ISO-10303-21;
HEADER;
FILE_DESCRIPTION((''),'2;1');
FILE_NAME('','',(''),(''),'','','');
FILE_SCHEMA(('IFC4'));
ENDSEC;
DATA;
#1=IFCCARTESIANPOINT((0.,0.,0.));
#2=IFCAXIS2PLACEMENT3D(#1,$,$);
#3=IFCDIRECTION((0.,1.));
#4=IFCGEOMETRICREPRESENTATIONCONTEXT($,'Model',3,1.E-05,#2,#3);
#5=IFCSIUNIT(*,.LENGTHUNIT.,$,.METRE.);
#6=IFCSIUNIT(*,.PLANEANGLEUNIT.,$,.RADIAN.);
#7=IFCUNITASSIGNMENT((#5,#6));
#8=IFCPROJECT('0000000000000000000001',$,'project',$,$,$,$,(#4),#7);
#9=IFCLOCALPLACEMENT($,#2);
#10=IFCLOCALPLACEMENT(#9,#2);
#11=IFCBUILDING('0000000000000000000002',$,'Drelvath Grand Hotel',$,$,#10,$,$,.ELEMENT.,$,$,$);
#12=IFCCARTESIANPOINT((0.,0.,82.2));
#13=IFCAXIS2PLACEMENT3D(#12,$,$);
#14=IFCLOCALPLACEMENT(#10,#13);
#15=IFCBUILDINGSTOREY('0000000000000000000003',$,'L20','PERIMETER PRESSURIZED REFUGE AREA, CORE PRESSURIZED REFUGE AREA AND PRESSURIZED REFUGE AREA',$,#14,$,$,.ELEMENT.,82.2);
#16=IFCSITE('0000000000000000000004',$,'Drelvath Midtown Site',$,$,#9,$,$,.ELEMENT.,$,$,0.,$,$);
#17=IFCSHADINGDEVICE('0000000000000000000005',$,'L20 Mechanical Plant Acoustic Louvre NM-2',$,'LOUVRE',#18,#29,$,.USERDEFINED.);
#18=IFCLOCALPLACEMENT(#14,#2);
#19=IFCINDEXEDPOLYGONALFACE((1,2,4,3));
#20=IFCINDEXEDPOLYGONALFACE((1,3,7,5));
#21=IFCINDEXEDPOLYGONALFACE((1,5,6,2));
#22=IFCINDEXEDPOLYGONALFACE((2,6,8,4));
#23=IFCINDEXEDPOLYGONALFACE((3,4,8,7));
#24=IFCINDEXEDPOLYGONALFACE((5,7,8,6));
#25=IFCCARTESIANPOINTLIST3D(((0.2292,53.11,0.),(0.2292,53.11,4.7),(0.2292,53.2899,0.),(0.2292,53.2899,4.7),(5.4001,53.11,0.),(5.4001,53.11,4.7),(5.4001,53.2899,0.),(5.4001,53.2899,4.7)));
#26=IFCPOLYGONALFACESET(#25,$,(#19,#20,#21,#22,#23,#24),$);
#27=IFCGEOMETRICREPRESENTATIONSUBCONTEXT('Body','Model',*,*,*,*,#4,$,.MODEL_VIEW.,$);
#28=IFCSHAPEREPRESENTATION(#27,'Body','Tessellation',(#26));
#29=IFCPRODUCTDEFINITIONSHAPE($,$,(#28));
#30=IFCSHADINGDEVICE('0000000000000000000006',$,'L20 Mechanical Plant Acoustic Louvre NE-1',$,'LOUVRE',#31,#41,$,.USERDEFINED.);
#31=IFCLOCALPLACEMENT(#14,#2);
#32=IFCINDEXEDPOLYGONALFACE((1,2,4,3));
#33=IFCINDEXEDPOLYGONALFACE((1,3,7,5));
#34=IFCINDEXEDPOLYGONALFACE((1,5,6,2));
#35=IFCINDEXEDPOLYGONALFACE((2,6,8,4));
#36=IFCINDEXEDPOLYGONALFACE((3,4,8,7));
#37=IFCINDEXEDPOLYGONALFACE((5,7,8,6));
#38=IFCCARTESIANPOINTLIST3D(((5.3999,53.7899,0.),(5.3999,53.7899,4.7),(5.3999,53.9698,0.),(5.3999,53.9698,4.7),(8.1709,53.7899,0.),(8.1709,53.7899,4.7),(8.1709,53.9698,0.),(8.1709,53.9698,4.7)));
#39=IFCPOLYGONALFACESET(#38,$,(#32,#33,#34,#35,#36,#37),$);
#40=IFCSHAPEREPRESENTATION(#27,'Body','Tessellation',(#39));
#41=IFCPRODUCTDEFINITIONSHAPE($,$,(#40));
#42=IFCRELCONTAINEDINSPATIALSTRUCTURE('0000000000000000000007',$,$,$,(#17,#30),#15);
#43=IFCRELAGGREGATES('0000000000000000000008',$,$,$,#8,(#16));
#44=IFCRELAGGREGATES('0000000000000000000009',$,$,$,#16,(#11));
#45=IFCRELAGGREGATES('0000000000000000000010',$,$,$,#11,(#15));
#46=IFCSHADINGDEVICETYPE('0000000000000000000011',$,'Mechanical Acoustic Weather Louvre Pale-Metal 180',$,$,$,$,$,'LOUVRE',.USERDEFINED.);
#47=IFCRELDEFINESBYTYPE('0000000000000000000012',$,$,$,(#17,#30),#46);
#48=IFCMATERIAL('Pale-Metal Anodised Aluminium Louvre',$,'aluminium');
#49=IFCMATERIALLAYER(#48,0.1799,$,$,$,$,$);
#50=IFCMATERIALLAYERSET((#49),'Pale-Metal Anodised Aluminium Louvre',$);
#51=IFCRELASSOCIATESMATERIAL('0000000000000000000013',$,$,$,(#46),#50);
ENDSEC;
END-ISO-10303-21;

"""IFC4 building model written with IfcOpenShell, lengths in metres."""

from ifc_helpers import new_model, si_unit, direction, frame, origin, origin_2d, place, context, subcontext, project, spatial, rectangle, extrude, material, layer, layer_set, type_object, element, save


model = new_model("IFC4")

# Units and contexts
model_context = context("Model", 3, precision=1e-05, world=origin(), true_north=direction((0.0, 1.0)))
body_context = subcontext(model_context, "Body", "Model", "MODEL_VIEW")
ifc_project = project(units=[si_unit("LENGTHUNIT", "METRE"), si_unit("PLANEANGLEUNIT", "RADIAN")], contexts=[model_context])

# Site, building, storey
site_placement = place(None, origin())
site = spatial("IfcSite", under=ifc_project, at=site_placement, Name="Drelvath Midtown Site", CompositionType="ELEMENT", RefElevation=0.0)
building_placement = place(site_placement, origin())
building = spatial("IfcBuilding", under=site, at=building_placement, Name="Drelvath Grand Hotel", CompositionType="ELEMENT")
storey_placement = place(building_placement, frame((0.0, 0.0, 82.2)))
storey = spatial("IfcBuildingStorey", under=building, at=storey_placement, Name="L20", Description="PERIMETER PRESSURIZED REFUGE AREA, CORE PRESSURIZED REFUGE AREA AND PRESSURIZED REFUGE AREA", CompositionType="ELEMENT", Elevation=82.2)

# Shading devices
ifc_material_1 = material(Name="Pale-Metal Anodised Aluminium Louvre", Category="aluminium")
ifc_layer_1 = layer(ifc_material_1, 0.1799)
ifc_layer_set_1 = layer_set([ifc_layer_1], Name="Pale-Metal Anodised Aluminium Louvre")
shading_device_type = type_object("IfcShadingDeviceType", Name="Mechanical Acoustic Weather Louvre Pale-Metal 180", ElementType="LOUVRE", PredefinedType="USERDEFINED", material=ifc_layer_set_1)
shading_device_1_placement = place(storey_placement, frame((2.8147, 53.2, 0.0), z_axis=(0.0, 0.0, 1.0), x_axis=(1.0, 0.0, 0.0)))
element("IfcShadingDevice", 1, at=shading_device_1_placement, inside=storey, type_object=shading_device_type, Name="L20 Mechanical Plant Acoustic Louvre NM-2", ObjectType="LOUVRE", PredefinedType="USERDEFINED", context=body_context, shape_type="SweptSolid", body=[
    extrude(rectangle(XDim=5.1709, YDim=0.1799, at=origin_2d()), origin(), (0.0, 0.0, 1.0), 4.7),
])
shading_device_2_placement = place(storey_placement, frame((6.7854, 53.8799, 0.0), z_axis=(0.0, 0.0, 1.0), x_axis=(1.0, 0.0, 0.0)))
element("IfcShadingDevice", 2, at=shading_device_2_placement, inside=storey, type_object=shading_device_type, Name="L20 Mechanical Plant Acoustic Louvre NE-1", ObjectType="LOUVRE", PredefinedType="USERDEFINED", context=body_context, shape_type="SweptSolid", body=[
    extrude(rectangle(XDim=2.771, YDim=0.1799, at=origin_2d()), origin(), (0.0, 0.0, 1.0), 4.7),
])

save(model, "model.ifc")
